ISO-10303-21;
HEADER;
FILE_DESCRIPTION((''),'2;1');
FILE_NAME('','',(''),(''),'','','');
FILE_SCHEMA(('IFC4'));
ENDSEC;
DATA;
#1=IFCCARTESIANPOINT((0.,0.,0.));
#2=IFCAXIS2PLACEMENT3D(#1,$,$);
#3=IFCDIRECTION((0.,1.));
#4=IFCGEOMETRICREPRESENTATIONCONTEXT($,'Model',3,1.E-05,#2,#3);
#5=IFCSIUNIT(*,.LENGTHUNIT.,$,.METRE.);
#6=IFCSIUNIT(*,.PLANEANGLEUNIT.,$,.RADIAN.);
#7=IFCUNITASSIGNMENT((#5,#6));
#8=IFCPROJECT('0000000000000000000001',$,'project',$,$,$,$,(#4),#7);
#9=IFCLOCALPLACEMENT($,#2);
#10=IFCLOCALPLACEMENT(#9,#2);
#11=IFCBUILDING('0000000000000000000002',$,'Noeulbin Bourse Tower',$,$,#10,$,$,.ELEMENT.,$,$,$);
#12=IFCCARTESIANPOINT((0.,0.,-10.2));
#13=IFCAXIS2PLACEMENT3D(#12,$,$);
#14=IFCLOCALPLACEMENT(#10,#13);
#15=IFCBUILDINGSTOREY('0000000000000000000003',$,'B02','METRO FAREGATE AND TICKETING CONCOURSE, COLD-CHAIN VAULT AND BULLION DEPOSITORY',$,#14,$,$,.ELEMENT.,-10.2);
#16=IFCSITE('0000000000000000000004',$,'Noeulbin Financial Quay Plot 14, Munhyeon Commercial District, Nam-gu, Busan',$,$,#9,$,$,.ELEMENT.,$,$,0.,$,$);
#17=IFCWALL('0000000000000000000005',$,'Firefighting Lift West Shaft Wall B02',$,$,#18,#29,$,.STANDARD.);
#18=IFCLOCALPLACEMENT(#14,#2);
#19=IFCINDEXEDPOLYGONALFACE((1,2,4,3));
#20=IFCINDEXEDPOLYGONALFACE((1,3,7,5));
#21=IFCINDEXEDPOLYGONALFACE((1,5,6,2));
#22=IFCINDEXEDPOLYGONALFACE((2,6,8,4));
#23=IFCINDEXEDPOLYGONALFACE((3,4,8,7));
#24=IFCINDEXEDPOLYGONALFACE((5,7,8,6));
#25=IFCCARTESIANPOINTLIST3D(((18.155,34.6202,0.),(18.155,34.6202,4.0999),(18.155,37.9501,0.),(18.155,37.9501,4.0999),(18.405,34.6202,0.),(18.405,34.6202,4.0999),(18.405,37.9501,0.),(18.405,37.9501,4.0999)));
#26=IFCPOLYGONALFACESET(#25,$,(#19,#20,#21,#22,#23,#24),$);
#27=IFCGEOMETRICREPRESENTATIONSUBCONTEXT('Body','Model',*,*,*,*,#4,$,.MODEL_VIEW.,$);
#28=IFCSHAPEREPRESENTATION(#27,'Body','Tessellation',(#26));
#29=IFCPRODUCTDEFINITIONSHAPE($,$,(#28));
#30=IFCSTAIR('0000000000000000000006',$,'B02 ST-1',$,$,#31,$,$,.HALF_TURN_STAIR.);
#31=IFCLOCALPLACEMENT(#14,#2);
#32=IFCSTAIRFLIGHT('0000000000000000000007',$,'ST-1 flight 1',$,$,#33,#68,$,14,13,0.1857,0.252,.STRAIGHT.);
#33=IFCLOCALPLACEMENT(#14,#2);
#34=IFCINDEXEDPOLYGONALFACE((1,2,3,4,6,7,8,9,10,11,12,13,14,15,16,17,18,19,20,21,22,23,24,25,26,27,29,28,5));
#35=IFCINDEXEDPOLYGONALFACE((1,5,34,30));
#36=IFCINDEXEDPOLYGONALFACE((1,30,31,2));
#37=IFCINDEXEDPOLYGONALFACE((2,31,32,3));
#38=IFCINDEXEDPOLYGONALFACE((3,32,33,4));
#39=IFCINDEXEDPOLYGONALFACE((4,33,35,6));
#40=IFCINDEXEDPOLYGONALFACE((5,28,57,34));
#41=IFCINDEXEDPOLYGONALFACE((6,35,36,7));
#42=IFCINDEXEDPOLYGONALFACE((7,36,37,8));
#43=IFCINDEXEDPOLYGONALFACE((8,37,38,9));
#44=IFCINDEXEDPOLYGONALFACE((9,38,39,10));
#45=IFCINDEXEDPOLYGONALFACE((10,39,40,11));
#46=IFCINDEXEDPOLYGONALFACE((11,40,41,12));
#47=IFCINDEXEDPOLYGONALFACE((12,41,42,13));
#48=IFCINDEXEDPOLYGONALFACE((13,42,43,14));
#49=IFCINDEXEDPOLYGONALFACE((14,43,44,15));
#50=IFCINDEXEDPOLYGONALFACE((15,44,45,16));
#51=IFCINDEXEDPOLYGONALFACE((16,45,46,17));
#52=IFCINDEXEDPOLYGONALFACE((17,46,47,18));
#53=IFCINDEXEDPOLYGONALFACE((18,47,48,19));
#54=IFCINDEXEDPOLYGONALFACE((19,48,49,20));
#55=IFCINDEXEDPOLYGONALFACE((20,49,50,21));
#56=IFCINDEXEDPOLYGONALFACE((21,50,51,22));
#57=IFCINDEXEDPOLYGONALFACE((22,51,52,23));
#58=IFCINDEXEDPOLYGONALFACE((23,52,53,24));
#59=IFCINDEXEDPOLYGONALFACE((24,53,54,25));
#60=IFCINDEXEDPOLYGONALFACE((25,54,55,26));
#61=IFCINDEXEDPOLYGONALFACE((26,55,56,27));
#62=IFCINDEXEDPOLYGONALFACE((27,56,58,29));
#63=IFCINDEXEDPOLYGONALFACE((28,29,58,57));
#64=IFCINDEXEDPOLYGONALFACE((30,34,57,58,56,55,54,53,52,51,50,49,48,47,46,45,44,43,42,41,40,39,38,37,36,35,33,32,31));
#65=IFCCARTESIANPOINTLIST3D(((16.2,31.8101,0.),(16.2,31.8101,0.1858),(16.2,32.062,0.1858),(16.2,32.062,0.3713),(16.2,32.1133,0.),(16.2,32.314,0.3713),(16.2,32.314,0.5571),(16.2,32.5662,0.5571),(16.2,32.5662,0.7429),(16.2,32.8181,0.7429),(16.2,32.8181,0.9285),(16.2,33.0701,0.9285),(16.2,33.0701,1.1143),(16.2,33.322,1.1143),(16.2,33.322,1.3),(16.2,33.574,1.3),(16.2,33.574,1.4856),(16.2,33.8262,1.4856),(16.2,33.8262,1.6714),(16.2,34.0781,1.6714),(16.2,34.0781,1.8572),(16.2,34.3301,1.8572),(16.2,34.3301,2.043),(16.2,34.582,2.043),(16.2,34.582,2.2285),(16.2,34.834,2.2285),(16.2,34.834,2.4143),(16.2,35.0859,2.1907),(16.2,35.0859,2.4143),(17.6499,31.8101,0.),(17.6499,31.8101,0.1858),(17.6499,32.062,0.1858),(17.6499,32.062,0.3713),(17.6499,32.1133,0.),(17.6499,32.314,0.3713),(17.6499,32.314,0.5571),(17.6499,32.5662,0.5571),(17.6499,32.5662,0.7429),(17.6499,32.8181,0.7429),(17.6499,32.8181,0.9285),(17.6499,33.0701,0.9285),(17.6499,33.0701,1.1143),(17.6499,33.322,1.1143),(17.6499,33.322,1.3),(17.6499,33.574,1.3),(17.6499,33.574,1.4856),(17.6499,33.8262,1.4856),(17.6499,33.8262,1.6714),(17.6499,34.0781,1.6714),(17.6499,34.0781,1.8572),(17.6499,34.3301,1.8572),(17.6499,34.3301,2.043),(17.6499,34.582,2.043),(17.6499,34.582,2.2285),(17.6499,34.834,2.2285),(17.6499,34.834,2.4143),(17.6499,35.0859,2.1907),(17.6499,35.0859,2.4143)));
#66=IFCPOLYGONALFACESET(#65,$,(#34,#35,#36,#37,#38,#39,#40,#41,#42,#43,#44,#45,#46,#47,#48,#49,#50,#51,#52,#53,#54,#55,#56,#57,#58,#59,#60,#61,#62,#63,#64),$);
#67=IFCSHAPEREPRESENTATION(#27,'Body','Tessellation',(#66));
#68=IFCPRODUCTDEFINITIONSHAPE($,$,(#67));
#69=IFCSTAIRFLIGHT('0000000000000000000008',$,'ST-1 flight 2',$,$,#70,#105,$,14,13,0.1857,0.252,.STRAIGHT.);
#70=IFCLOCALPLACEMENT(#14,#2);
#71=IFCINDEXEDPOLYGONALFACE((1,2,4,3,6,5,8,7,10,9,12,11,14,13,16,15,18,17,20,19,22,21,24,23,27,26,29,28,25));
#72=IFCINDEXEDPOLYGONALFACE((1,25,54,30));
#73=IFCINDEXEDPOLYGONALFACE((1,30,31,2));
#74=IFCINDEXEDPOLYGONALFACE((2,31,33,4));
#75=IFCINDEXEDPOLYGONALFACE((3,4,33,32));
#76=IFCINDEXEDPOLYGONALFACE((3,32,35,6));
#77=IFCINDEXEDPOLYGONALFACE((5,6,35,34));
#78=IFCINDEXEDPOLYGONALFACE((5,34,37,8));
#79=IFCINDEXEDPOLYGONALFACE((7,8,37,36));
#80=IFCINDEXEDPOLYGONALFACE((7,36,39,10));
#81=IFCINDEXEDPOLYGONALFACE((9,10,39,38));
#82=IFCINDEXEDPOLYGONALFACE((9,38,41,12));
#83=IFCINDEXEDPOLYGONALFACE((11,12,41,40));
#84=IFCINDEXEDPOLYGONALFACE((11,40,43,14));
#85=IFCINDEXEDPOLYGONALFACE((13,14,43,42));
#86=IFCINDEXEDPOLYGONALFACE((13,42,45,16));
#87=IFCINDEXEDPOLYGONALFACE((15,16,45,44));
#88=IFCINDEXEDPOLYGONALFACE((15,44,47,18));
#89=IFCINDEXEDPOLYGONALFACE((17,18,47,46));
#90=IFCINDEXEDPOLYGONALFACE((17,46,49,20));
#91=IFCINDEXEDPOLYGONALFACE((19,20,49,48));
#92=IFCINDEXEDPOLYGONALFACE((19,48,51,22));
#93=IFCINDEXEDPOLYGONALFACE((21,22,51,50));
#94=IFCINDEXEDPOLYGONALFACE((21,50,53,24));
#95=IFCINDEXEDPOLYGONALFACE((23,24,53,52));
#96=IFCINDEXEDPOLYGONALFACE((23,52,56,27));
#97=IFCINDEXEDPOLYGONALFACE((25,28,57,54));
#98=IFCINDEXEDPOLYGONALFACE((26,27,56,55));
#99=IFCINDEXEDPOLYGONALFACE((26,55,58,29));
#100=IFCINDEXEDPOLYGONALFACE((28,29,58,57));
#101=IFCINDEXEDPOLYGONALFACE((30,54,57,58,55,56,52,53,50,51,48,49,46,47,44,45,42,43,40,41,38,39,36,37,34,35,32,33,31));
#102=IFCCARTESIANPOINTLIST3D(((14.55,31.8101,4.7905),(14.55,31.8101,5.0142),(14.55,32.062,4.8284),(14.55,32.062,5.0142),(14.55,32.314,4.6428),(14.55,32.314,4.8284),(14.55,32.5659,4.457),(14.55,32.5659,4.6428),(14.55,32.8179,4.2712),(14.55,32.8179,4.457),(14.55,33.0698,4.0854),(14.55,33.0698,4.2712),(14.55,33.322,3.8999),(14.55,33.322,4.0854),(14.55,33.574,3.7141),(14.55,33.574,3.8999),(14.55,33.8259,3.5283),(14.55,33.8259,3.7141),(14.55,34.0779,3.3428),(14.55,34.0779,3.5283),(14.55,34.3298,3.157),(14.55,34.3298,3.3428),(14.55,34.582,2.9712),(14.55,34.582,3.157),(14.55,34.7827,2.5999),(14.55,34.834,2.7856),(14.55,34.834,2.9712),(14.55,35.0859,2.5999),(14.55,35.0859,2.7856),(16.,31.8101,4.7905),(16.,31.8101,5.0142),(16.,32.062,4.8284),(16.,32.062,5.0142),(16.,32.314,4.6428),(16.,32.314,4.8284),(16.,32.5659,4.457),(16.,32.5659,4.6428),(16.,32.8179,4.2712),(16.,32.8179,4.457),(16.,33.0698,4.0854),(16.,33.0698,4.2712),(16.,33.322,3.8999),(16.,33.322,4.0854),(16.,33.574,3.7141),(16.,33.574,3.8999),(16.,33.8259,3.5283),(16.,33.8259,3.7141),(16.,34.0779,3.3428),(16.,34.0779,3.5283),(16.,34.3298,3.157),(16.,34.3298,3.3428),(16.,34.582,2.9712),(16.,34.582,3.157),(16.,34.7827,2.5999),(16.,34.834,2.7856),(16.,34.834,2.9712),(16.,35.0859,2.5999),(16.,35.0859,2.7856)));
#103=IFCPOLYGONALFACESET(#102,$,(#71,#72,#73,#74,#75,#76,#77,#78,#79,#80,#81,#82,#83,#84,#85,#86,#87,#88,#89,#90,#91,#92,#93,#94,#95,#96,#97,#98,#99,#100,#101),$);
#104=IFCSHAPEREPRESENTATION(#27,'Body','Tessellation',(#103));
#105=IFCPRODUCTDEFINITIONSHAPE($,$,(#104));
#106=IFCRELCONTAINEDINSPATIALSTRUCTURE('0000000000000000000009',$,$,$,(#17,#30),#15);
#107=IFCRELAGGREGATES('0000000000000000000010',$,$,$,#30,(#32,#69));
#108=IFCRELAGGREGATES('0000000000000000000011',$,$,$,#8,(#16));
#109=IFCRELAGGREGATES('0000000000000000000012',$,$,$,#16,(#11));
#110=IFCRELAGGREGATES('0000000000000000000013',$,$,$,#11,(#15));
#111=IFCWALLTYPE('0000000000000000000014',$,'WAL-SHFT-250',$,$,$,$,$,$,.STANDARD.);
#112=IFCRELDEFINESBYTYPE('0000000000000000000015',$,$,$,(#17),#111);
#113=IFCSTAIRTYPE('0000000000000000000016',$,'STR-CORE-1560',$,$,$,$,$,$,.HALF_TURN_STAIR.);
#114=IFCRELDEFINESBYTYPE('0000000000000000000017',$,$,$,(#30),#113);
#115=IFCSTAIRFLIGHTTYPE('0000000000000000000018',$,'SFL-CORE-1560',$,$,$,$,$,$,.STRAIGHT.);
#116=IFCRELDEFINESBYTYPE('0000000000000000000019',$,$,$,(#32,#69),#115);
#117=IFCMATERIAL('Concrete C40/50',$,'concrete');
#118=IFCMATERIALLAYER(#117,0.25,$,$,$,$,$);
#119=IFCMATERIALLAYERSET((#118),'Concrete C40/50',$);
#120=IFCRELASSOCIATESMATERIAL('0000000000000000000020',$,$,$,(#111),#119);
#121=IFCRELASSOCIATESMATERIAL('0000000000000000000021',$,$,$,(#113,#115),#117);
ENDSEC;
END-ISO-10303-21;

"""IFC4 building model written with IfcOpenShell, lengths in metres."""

from ifc_helpers import new_model, si_unit, direction, frame, frame_2d, origin, place, context, subcontext, project, spatial, polyline, rectangle, outline, extrude, material, layer, layer_set, type_object, element, aggregate, save


model = new_model("IFC4")

# Units and contexts
model_context = context("Model", 3, precision=1e-05, world=origin(), true_north=direction((0.0, 1.0)))
body_context = subcontext(model_context, "Body", "Model", "MODEL_VIEW")
ifc_project = project(units=[si_unit("LENGTHUNIT", "METRE"), si_unit("PLANEANGLEUNIT", "RADIAN")], contexts=[model_context])

# Site, building, storey
site_placement = place(None, origin())
site = spatial("IfcSite", under=ifc_project, at=site_placement, Name="Noeulbin Financial Quay Plot 14, Munhyeon Commercial District, Nam-gu, Busan", CompositionType="ELEMENT", RefElevation=0.0)
building_placement = place(site_placement, origin())
building = spatial("IfcBuilding", under=site, at=building_placement, Name="Noeulbin Bourse Tower", CompositionType="ELEMENT")
storey_placement = place(building_placement, frame((0.0, 0.0, -10.2)))
storey = spatial("IfcBuildingStorey", under=building, at=storey_placement, Name="B02", Description="METRO FAREGATE AND TICKETING CONCOURSE, COLD-CHAIN VAULT AND BULLION DEPOSITORY", CompositionType="ELEMENT", Elevation=-10.2)

# Shared definitions
ifc_material_1 = material(Name="Concrete C40/50", Category="concrete")
ifc_layer_1 = layer(ifc_material_1, 0.25)
ifc_layer_set_1 = layer_set([ifc_layer_1], Name="Concrete C40/50")
wall_type_1 = type_object("IfcWallType", Name="WAL-SHFT-250", PredefinedType="STANDARD", material=ifc_layer_set_1)

# Wall
wall_1_placement = place(storey_placement, frame((18.28, 34.6201, 0.0), z_axis=(0.0, 0.0, 1.0), x_axis=(0.0, 1.0, 0.0)))
element("IfcWall", 1, at=wall_1_placement, inside=storey, type_object=wall_type_1, Name="Firefighting Lift West Shaft Wall B02", PredefinedType="STANDARD", context=body_context, shape_type="SweptSolid", body=[
    extrude(rectangle(XDim=3.3298, YDim=0.25, at=frame_2d((1.665, 0.0))), origin(), (0.0, 0.0, 1.0), 4.0999),
])

# Stair, stair flights
stair_type = type_object("IfcStairType", Name="STR-CORE-1560", PredefinedType="HALF_TURN_STAIR", material=ifc_material_1)
stair_placement = place(storey_placement, origin())
stair = element("IfcStair", 2, at=stair_placement, inside=storey, type_object=stair_type, Name="B02 ST-1", PredefinedType="HALF_TURN_STAIR")
stair_flight_type = type_object("IfcStairFlightType", Name="SFL-CORE-1560", PredefinedType="STRAIGHT", material=ifc_material_1)
stair_flight_1_placement = place(storey_placement, frame((16.925, 31.8101, 0.0), z_axis=(0.0, 0.0, 1.0), x_axis=(0.0, 1.0, 0.0)))
stair_flight_1 = element("IfcStairFlight", 3, at=stair_flight_1_placement, type_object=stair_flight_type, Name="ST-1 flight 1", NumberOfRisers=14, NumberOfTreads=13, PredefinedType="STRAIGHT", RiserHeight=0.1857, TreadLength=0.252, context=body_context, shape_type="SweptSolid", body=[
    extrude(outline(polyline([(0.0, 0.0), (0.0, 0.1858), (0.252, 0.1858), (0.252, 0.3713), (0.5039, 0.3713), (0.5039, 0.5571), (0.7561, 0.5571), (0.7561, 0.7429), (1.0081, 0.7429), (1.0081, 0.9285), (1.26, 0.9285), (1.26, 1.1143), (1.512, 1.1143), (1.512, 1.3), (1.7639, 1.3), (1.7639, 1.4856), (2.0161, 1.4856), (2.0161, 1.6714), (2.2681, 1.6714), (2.2681, 1.8572), (2.52, 1.8572), (2.52, 2.043), (2.772, 2.043), (2.772, 2.2285), (3.0239, 2.2285), (3.0239, 2.4143), (3.2759, 2.4143), (3.2759, 2.6001), (3.2759, 2.1907), (0.3032, 0.0), (0.0, 0.0)])), frame((0.0, 0.7251, 0.0), z_axis=(0.0, -1.0, 0.0), x_axis=(1.0, 0.0, 0.0)), (0.0, 0.0, 1.0), 1.45),
])
stair_flight_2_placement = place(storey_placement, frame((15.2749, 35.0859, 2.5999), z_axis=(0.0, 0.0, 1.0), x_axis=(0.0, -1.0, 0.0)))
stair_flight_2 = element("IfcStairFlight", 4, at=stair_flight_2_placement, type_object=stair_flight_type, Name="ST-1 flight 2", NumberOfRisers=14, NumberOfTreads=13, PredefinedType="STRAIGHT", RiserHeight=0.1857, TreadLength=0.252, context=body_context, shape_type="SweptSolid", body=[
    extrude(outline(polyline([(0.0, 0.0), (0.0, 0.1858), (0.252, 0.1858), (0.252, 0.3713), (0.5039, 0.3713), (0.5039, 0.5571), (0.7561, 0.5571), (0.7561, 0.7429), (1.0081, 0.7429), (1.0081, 0.9285), (1.26, 0.9285), (1.26, 1.1143), (1.512, 1.1143), (1.512, 1.3), (1.7639, 1.3), (1.7639, 1.4856), (2.0161, 1.4856), (2.0161, 1.6714), (2.2681, 1.6714), (2.2681, 1.8572), (2.52, 1.8572), (2.52, 2.043), (2.772, 2.043), (2.772, 2.2285), (3.0239, 2.2285), (3.0239, 2.4143), (3.2759, 2.4143), (3.2759, 2.6001), (3.2759, 2.1907), (0.3032, 0.0), (0.0, 0.0)])), frame((0.0, 0.7251, 0.0), z_axis=(0.0, -1.0, 0.0), x_axis=(1.0, 0.0, 0.0)), (0.0, 0.0, 1.0), 1.45),
])
aggregate(stair, [stair_flight_1, stair_flight_2])

save(model, "model.ifc")
